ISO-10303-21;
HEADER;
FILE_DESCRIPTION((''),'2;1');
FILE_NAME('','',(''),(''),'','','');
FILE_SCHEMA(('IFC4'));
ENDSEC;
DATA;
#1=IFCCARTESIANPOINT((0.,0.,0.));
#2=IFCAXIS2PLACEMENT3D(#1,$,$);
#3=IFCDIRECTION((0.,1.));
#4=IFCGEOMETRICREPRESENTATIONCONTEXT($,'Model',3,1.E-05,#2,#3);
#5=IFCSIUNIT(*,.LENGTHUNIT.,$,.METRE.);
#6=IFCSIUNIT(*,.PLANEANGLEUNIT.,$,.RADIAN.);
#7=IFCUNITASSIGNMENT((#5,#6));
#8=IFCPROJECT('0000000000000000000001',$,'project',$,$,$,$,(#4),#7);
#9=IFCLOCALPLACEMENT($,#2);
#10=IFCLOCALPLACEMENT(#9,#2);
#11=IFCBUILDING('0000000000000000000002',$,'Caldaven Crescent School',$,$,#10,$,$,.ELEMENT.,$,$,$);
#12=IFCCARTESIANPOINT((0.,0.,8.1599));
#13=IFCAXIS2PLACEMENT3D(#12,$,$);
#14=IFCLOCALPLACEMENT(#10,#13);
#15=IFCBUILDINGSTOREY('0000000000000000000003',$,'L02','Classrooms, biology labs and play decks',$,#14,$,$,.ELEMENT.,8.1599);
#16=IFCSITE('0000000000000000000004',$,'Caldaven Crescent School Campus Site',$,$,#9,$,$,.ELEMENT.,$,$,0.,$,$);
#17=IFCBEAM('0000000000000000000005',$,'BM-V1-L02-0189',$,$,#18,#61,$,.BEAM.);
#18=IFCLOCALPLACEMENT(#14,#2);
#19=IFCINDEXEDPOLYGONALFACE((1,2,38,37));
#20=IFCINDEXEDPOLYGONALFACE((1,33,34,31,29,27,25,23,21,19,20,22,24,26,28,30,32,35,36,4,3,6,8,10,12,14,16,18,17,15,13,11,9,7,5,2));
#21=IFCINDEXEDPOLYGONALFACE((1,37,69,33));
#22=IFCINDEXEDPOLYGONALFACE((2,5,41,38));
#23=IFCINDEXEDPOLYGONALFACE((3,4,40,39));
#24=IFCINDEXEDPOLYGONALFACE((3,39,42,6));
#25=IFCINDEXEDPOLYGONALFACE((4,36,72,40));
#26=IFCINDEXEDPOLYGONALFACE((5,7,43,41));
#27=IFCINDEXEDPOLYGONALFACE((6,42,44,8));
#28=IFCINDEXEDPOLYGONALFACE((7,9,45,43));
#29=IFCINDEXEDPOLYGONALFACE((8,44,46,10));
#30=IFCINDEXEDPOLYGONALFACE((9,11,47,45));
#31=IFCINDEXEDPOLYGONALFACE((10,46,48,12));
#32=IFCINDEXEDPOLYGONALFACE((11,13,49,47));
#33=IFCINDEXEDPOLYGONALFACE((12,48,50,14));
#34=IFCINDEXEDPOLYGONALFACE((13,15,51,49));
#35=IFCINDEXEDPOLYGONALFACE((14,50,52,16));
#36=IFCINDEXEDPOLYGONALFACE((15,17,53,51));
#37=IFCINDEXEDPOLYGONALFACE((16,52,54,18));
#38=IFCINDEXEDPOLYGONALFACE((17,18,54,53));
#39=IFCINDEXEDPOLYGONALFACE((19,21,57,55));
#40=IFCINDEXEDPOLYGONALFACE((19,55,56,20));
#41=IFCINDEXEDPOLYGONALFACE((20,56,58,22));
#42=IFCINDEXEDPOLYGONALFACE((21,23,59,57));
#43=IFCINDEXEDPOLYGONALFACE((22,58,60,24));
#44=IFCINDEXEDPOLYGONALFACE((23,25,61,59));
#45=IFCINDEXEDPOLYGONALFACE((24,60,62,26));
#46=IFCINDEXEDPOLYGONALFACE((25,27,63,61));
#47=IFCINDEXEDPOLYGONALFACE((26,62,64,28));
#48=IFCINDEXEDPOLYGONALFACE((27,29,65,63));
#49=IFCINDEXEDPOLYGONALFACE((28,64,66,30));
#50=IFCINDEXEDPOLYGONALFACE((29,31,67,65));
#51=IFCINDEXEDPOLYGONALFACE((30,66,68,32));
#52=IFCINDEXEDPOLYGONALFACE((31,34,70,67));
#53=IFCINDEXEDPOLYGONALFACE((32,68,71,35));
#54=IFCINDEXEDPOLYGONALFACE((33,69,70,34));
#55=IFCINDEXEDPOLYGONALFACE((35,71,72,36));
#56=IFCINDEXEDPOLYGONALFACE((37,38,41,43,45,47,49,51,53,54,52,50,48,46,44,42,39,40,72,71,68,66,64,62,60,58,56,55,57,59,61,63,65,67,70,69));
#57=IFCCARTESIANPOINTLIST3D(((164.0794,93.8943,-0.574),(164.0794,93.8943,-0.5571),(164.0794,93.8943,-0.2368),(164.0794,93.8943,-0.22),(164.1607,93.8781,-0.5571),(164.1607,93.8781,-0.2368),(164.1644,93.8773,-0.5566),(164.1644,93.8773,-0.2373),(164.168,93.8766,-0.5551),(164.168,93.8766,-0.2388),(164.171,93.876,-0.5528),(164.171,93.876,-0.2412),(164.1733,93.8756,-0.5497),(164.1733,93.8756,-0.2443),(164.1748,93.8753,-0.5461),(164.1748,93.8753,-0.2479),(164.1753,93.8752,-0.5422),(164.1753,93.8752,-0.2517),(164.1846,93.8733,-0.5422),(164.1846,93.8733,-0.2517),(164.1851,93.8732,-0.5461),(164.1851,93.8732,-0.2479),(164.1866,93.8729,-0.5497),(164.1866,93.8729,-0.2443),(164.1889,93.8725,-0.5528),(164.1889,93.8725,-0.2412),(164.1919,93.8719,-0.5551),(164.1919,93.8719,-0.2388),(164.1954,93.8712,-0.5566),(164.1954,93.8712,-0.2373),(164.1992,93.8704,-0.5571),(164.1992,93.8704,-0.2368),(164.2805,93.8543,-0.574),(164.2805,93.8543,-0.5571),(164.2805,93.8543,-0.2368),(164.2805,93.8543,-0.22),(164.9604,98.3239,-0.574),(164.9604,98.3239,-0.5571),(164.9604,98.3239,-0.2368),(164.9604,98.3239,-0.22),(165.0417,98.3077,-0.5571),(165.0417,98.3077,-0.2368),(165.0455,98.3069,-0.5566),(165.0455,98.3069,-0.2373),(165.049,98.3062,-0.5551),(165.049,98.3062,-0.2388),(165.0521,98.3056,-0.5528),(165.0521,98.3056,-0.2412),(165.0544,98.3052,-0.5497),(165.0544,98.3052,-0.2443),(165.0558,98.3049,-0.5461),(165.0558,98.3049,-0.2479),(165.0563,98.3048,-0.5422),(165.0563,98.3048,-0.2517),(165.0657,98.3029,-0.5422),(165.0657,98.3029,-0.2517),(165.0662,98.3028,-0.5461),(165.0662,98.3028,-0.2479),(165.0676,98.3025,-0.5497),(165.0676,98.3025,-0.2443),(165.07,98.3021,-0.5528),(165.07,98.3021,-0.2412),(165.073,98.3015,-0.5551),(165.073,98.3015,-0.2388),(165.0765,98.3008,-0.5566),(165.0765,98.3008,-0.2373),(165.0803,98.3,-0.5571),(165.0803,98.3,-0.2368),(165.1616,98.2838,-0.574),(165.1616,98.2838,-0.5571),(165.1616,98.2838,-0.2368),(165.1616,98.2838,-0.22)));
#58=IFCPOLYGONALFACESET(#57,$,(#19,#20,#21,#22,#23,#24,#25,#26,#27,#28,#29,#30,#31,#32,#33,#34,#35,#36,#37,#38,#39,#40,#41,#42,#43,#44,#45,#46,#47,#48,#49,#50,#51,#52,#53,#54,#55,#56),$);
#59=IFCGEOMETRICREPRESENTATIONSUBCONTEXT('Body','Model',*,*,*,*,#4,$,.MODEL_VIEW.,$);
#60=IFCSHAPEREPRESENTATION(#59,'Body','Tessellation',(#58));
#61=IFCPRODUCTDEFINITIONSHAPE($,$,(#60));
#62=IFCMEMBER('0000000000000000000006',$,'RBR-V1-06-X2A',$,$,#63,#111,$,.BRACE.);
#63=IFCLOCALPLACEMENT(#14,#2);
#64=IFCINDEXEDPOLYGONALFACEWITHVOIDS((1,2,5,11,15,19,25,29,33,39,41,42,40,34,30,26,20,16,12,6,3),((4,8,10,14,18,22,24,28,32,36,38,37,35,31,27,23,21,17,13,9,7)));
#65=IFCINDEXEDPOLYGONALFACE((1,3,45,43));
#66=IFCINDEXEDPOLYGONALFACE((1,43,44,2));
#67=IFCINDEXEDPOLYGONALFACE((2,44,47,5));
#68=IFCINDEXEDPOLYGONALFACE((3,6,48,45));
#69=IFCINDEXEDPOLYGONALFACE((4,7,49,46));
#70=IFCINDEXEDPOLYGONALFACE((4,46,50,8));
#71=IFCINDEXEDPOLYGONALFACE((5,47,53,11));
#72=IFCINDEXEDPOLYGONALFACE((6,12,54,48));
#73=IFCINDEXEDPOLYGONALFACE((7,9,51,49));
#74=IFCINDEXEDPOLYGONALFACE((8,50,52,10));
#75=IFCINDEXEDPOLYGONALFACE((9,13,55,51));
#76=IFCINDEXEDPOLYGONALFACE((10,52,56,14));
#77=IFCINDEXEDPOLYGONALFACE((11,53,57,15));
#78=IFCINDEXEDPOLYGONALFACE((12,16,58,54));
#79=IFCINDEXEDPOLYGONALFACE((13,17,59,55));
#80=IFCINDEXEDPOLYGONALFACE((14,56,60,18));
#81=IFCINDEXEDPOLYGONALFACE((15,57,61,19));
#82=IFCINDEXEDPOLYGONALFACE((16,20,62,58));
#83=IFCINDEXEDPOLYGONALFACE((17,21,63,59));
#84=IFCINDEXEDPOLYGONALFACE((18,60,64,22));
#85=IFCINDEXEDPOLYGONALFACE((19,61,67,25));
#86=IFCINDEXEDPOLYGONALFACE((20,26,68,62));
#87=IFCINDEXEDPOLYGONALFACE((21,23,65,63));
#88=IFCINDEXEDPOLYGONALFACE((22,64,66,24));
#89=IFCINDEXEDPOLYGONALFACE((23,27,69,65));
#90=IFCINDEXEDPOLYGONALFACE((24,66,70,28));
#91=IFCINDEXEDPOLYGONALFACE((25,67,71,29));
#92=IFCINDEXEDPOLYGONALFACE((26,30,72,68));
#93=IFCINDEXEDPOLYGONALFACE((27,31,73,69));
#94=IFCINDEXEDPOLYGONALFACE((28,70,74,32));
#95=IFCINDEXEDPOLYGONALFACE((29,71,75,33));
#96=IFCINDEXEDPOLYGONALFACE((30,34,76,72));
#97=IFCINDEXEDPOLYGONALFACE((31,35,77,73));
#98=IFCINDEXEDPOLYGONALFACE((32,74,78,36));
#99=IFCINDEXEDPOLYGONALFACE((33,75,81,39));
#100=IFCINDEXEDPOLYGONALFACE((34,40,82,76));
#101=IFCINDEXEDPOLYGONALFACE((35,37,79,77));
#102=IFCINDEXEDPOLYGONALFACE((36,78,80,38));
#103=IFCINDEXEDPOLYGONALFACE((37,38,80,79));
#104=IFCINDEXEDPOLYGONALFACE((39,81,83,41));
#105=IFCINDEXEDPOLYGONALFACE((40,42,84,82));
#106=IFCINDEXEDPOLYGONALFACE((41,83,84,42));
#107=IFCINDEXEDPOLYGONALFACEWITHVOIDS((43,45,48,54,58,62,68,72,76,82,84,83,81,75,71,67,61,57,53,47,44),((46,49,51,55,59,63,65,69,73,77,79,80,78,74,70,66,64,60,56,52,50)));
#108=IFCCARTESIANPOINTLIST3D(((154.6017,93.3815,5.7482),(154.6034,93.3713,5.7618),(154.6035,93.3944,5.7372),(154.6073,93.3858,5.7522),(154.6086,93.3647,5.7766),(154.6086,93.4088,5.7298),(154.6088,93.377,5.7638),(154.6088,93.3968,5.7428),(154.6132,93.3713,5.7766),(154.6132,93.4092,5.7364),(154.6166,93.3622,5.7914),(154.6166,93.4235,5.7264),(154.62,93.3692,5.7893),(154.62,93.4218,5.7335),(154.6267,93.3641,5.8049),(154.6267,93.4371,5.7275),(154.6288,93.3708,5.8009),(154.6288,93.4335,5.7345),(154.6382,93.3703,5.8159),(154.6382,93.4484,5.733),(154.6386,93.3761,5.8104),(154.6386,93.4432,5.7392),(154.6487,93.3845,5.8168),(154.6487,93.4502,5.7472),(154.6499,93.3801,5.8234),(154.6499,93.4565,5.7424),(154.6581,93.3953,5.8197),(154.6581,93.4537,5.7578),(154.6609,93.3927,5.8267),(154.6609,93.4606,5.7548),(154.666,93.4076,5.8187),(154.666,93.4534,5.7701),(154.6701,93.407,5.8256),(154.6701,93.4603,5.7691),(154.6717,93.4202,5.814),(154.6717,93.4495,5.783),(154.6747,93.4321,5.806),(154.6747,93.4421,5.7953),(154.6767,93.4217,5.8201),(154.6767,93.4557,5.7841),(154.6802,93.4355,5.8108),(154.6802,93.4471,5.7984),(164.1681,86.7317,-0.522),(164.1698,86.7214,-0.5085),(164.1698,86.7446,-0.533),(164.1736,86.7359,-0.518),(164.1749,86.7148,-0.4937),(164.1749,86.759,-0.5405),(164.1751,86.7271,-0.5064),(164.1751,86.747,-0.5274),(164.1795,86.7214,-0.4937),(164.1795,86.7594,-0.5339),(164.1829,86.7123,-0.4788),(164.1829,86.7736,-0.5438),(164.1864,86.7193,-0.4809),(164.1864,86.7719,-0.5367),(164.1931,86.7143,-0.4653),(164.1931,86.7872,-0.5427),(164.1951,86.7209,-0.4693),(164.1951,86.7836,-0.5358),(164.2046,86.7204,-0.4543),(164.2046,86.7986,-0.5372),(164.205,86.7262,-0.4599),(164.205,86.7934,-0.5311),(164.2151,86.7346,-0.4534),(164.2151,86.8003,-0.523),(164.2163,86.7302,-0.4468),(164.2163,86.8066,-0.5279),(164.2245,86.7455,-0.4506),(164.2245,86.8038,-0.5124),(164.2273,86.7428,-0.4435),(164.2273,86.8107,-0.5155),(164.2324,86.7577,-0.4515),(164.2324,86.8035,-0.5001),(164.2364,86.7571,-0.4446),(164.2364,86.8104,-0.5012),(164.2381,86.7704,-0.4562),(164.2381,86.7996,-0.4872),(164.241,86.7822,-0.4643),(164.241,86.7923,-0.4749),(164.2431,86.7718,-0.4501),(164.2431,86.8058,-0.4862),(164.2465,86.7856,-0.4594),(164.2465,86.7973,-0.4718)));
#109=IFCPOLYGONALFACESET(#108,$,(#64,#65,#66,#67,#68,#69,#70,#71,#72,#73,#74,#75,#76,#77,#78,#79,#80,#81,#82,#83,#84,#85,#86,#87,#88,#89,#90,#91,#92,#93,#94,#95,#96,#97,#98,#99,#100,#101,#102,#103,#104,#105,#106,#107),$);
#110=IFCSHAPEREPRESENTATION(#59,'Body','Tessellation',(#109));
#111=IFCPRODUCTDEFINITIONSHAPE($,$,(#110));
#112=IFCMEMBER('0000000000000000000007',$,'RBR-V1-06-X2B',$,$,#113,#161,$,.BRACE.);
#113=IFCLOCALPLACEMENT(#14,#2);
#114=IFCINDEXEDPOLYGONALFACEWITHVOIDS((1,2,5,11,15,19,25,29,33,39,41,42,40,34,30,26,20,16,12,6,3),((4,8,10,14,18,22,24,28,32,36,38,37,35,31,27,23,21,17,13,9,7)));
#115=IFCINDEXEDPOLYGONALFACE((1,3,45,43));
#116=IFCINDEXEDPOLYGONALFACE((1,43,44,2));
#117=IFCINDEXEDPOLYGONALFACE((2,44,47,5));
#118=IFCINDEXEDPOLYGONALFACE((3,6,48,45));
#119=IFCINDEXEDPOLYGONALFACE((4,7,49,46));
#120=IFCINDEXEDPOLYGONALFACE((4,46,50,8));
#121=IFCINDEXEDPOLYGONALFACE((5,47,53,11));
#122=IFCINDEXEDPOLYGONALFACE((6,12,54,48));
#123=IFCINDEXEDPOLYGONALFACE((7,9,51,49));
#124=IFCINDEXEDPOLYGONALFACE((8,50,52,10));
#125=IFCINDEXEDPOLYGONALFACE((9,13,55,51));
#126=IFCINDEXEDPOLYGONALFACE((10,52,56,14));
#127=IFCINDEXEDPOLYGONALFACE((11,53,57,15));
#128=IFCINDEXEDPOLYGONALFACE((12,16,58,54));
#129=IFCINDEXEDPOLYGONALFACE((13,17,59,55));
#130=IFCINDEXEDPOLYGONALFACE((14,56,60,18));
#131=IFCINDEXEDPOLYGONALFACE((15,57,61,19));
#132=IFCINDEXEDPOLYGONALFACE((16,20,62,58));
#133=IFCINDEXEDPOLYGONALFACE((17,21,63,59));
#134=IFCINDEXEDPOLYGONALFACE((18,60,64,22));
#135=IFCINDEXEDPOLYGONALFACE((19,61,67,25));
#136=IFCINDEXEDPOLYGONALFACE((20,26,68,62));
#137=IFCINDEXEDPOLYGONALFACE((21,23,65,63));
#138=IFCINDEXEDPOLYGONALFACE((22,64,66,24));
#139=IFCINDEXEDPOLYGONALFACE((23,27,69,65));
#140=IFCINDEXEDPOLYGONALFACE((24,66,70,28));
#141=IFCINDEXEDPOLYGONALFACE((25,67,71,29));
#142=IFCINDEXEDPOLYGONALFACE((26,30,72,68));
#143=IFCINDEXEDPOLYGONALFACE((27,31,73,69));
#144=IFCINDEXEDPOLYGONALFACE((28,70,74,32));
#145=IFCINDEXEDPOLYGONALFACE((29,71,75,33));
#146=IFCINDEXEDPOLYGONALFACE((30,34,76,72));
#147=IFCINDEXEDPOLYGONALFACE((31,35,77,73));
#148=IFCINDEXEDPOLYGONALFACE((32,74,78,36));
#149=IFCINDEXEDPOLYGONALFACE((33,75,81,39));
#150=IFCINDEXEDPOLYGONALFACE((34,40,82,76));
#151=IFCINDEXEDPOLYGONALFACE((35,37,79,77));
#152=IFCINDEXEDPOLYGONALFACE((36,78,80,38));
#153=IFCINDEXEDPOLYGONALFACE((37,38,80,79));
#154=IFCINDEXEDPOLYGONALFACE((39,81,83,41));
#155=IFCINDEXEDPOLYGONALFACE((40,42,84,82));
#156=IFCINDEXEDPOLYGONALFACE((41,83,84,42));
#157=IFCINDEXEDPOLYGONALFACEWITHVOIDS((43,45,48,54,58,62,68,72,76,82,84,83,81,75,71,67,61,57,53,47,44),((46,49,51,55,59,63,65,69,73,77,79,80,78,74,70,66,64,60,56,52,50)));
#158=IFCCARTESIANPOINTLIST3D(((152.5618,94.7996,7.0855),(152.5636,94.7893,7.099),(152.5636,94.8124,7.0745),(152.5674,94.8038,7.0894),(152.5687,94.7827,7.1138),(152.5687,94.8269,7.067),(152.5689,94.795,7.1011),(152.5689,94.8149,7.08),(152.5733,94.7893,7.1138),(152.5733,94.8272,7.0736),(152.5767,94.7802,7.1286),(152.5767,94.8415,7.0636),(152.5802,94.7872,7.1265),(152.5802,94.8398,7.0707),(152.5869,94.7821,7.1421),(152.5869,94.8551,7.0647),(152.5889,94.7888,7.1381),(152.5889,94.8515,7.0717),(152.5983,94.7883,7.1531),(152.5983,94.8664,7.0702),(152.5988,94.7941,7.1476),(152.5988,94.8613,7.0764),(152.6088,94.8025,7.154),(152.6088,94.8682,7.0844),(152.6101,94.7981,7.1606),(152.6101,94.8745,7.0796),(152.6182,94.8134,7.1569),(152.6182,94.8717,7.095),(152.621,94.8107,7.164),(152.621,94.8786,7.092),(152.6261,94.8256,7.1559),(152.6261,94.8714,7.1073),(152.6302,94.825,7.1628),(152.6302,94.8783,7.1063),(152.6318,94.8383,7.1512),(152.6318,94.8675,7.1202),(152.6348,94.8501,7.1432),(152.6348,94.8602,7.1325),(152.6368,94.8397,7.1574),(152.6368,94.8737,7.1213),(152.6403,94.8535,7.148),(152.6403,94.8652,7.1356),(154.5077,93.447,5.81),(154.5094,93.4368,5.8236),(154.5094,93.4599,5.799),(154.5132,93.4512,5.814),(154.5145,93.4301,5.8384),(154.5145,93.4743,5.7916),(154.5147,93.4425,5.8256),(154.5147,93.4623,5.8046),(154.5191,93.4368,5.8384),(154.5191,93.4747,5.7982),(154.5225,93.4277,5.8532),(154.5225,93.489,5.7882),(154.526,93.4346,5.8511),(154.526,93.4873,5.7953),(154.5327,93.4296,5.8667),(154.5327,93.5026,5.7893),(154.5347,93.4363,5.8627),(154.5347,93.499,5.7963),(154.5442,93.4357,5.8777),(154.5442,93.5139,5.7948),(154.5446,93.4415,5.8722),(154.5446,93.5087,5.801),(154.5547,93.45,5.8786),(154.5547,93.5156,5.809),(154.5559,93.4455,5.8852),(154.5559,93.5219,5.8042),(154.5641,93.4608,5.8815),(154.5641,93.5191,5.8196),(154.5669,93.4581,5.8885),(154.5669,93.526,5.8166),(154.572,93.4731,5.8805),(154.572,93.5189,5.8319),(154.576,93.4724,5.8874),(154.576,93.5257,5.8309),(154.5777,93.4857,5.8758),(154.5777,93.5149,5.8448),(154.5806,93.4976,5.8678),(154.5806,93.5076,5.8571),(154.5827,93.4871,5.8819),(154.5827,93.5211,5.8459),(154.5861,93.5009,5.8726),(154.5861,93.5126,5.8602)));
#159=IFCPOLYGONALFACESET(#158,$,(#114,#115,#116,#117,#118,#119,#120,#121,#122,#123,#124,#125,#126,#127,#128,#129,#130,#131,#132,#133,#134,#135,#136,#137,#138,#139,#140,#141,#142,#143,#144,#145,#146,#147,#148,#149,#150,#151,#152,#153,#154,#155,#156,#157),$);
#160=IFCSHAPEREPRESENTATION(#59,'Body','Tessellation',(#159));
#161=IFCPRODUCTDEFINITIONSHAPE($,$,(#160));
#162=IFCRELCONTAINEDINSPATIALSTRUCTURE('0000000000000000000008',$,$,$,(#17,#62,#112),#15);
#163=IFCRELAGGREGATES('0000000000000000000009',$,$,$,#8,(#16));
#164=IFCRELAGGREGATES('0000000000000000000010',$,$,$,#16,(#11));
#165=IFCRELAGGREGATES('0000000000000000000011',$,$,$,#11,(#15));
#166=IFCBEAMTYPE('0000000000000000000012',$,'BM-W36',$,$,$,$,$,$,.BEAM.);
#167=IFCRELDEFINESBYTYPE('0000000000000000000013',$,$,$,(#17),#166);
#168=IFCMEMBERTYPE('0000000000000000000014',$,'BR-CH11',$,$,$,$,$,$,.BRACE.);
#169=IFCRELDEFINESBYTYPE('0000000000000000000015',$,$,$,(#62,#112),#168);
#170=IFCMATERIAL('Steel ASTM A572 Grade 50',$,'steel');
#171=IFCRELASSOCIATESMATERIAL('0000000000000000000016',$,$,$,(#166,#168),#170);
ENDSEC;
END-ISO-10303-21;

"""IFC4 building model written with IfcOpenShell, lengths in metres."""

from ifc_helpers import new_model, si_unit, direction, frame, origin, origin_2d, place, context, subcontext, project, spatial, hollow_circle, i_section, extrude, material, material_profile, profile_set, type_object, element, save


model = new_model("IFC4")

# Units and contexts
model_context = context("Model", 3, precision=1e-05, world=origin(), true_north=direction((0.0, 1.0)))
body_context = subcontext(model_context, "Body", "Model", "MODEL_VIEW")
ifc_project = project(units=[si_unit("LENGTHUNIT", "METRE"), si_unit("PLANEANGLEUNIT", "RADIAN")], contexts=[model_context])

# Site, building, storey
site_placement = place(None, origin())
site = spatial("IfcSite", under=ifc_project, at=site_placement, Name="Caldaven Crescent School Campus Site", CompositionType="ELEMENT", RefElevation=0.0)
building_placement = place(site_placement, origin())
building = spatial("IfcBuilding", under=site, at=building_placement, Name="Caldaven Crescent School", CompositionType="ELEMENT")
storey_placement = place(building_placement, frame((0.0, 0.0, 8.1599)))
storey = spatial("IfcBuildingStorey", under=building, at=storey_placement, Name="L02", Description="Classrooms, biology labs and play decks", CompositionType="ELEMENT", Elevation=8.1599)

# Beam
ifc_material_1 = material(Name="Steel ASTM A572 Grade 50", Category="steel")
ifc_material_profile_1 = material_profile(ifc_material_1, i_section(OverallWidth=0.2051, OverallDepth=0.354, WebThickness=0.0095, FlangeThickness=0.0168, FilletRadius=0.0149, at=origin_2d()), Name="W360x79")
ifc_profile_set_1 = profile_set([ifc_material_profile_1], Name="Steel ASTM A572 Grade 50")
beam_type_1 = type_object("IfcBeamType", Name="BM-W36", PredefinedType="BEAM", material=ifc_profile_set_1)
beam_1_placement = place(storey_placement, frame((164.1799, 93.8743, -0.397), z_axis=(0.195087, 0.980786, 0.0), x_axis=(-0.980786, 0.195087, 0.0)))
element("IfcBeam", 1, at=beam_1_placement, inside=storey, type_object=beam_type_1, Name="BM-V1-L02-0189", PredefinedType="BEAM", context=body_context, shape_type="SweptSolid", body=[
    extrude(i_section(OverallWidth=0.2051, OverallDepth=0.354, WebThickness=0.0095, FlangeThickness=0.0168, FilletRadius=0.0149, at=origin_2d()), origin(), (0.0, 0.0, 1.0), 4.5164),
])

# Members
ifc_material_profile_2 = material_profile(ifc_material_1, hollow_circle(Radius=0.0571, WallThickness=0.0081, at=origin_2d()), Name="CHS 114.3x8.0")
ifc_profile_set_2 = profile_set([ifc_material_profile_2], Name="Steel ASTM A572 Grade 50")
member_type_1 = type_object("IfcMemberType", Name="BR-CH11", PredefinedType="BRACE", material=ifc_profile_set_2)
member_1_placement = place(storey_placement, frame((164.2075, 86.7617, -0.4937), z_axis=(-0.723042, 0.502608, 0.473915), x_axis=(-0.570776, -0.821106, 0.0)))
element("IfcMember", 2, at=member_1_placement, inside=storey, type_object=member_type_1, Name="RBR-V1-06-X2A", PredefinedType="BRACE", context=body_context, shape_type="SweptSolid", body=[
    extrude(hollow_circle(Radius=0.0571, WallThickness=0.0081, at=origin_2d()), origin(), (0.0, 0.0, 1.0), 13.2307),
])
member_2_placement = place(storey_placement, frame((154.5471, 93.4771, 5.8384), z_axis=(-0.723045, 0.502593, 0.473926), x_axis=(-0.570763, -0.821115, 0.0)))
element("IfcMember", 3, at=member_2_placement, inside=storey, type_object=member_type_1, Name="RBR-V1-06-X2B", PredefinedType="BRACE", context=body_context, shape_type="SweptSolid", body=[
    extrude(hollow_circle(Radius=0.0571, WallThickness=0.0081, at=origin_2d()), origin(), (0.0, 0.0, 1.0), 2.6912),
])

save(model, "model.ifc")
